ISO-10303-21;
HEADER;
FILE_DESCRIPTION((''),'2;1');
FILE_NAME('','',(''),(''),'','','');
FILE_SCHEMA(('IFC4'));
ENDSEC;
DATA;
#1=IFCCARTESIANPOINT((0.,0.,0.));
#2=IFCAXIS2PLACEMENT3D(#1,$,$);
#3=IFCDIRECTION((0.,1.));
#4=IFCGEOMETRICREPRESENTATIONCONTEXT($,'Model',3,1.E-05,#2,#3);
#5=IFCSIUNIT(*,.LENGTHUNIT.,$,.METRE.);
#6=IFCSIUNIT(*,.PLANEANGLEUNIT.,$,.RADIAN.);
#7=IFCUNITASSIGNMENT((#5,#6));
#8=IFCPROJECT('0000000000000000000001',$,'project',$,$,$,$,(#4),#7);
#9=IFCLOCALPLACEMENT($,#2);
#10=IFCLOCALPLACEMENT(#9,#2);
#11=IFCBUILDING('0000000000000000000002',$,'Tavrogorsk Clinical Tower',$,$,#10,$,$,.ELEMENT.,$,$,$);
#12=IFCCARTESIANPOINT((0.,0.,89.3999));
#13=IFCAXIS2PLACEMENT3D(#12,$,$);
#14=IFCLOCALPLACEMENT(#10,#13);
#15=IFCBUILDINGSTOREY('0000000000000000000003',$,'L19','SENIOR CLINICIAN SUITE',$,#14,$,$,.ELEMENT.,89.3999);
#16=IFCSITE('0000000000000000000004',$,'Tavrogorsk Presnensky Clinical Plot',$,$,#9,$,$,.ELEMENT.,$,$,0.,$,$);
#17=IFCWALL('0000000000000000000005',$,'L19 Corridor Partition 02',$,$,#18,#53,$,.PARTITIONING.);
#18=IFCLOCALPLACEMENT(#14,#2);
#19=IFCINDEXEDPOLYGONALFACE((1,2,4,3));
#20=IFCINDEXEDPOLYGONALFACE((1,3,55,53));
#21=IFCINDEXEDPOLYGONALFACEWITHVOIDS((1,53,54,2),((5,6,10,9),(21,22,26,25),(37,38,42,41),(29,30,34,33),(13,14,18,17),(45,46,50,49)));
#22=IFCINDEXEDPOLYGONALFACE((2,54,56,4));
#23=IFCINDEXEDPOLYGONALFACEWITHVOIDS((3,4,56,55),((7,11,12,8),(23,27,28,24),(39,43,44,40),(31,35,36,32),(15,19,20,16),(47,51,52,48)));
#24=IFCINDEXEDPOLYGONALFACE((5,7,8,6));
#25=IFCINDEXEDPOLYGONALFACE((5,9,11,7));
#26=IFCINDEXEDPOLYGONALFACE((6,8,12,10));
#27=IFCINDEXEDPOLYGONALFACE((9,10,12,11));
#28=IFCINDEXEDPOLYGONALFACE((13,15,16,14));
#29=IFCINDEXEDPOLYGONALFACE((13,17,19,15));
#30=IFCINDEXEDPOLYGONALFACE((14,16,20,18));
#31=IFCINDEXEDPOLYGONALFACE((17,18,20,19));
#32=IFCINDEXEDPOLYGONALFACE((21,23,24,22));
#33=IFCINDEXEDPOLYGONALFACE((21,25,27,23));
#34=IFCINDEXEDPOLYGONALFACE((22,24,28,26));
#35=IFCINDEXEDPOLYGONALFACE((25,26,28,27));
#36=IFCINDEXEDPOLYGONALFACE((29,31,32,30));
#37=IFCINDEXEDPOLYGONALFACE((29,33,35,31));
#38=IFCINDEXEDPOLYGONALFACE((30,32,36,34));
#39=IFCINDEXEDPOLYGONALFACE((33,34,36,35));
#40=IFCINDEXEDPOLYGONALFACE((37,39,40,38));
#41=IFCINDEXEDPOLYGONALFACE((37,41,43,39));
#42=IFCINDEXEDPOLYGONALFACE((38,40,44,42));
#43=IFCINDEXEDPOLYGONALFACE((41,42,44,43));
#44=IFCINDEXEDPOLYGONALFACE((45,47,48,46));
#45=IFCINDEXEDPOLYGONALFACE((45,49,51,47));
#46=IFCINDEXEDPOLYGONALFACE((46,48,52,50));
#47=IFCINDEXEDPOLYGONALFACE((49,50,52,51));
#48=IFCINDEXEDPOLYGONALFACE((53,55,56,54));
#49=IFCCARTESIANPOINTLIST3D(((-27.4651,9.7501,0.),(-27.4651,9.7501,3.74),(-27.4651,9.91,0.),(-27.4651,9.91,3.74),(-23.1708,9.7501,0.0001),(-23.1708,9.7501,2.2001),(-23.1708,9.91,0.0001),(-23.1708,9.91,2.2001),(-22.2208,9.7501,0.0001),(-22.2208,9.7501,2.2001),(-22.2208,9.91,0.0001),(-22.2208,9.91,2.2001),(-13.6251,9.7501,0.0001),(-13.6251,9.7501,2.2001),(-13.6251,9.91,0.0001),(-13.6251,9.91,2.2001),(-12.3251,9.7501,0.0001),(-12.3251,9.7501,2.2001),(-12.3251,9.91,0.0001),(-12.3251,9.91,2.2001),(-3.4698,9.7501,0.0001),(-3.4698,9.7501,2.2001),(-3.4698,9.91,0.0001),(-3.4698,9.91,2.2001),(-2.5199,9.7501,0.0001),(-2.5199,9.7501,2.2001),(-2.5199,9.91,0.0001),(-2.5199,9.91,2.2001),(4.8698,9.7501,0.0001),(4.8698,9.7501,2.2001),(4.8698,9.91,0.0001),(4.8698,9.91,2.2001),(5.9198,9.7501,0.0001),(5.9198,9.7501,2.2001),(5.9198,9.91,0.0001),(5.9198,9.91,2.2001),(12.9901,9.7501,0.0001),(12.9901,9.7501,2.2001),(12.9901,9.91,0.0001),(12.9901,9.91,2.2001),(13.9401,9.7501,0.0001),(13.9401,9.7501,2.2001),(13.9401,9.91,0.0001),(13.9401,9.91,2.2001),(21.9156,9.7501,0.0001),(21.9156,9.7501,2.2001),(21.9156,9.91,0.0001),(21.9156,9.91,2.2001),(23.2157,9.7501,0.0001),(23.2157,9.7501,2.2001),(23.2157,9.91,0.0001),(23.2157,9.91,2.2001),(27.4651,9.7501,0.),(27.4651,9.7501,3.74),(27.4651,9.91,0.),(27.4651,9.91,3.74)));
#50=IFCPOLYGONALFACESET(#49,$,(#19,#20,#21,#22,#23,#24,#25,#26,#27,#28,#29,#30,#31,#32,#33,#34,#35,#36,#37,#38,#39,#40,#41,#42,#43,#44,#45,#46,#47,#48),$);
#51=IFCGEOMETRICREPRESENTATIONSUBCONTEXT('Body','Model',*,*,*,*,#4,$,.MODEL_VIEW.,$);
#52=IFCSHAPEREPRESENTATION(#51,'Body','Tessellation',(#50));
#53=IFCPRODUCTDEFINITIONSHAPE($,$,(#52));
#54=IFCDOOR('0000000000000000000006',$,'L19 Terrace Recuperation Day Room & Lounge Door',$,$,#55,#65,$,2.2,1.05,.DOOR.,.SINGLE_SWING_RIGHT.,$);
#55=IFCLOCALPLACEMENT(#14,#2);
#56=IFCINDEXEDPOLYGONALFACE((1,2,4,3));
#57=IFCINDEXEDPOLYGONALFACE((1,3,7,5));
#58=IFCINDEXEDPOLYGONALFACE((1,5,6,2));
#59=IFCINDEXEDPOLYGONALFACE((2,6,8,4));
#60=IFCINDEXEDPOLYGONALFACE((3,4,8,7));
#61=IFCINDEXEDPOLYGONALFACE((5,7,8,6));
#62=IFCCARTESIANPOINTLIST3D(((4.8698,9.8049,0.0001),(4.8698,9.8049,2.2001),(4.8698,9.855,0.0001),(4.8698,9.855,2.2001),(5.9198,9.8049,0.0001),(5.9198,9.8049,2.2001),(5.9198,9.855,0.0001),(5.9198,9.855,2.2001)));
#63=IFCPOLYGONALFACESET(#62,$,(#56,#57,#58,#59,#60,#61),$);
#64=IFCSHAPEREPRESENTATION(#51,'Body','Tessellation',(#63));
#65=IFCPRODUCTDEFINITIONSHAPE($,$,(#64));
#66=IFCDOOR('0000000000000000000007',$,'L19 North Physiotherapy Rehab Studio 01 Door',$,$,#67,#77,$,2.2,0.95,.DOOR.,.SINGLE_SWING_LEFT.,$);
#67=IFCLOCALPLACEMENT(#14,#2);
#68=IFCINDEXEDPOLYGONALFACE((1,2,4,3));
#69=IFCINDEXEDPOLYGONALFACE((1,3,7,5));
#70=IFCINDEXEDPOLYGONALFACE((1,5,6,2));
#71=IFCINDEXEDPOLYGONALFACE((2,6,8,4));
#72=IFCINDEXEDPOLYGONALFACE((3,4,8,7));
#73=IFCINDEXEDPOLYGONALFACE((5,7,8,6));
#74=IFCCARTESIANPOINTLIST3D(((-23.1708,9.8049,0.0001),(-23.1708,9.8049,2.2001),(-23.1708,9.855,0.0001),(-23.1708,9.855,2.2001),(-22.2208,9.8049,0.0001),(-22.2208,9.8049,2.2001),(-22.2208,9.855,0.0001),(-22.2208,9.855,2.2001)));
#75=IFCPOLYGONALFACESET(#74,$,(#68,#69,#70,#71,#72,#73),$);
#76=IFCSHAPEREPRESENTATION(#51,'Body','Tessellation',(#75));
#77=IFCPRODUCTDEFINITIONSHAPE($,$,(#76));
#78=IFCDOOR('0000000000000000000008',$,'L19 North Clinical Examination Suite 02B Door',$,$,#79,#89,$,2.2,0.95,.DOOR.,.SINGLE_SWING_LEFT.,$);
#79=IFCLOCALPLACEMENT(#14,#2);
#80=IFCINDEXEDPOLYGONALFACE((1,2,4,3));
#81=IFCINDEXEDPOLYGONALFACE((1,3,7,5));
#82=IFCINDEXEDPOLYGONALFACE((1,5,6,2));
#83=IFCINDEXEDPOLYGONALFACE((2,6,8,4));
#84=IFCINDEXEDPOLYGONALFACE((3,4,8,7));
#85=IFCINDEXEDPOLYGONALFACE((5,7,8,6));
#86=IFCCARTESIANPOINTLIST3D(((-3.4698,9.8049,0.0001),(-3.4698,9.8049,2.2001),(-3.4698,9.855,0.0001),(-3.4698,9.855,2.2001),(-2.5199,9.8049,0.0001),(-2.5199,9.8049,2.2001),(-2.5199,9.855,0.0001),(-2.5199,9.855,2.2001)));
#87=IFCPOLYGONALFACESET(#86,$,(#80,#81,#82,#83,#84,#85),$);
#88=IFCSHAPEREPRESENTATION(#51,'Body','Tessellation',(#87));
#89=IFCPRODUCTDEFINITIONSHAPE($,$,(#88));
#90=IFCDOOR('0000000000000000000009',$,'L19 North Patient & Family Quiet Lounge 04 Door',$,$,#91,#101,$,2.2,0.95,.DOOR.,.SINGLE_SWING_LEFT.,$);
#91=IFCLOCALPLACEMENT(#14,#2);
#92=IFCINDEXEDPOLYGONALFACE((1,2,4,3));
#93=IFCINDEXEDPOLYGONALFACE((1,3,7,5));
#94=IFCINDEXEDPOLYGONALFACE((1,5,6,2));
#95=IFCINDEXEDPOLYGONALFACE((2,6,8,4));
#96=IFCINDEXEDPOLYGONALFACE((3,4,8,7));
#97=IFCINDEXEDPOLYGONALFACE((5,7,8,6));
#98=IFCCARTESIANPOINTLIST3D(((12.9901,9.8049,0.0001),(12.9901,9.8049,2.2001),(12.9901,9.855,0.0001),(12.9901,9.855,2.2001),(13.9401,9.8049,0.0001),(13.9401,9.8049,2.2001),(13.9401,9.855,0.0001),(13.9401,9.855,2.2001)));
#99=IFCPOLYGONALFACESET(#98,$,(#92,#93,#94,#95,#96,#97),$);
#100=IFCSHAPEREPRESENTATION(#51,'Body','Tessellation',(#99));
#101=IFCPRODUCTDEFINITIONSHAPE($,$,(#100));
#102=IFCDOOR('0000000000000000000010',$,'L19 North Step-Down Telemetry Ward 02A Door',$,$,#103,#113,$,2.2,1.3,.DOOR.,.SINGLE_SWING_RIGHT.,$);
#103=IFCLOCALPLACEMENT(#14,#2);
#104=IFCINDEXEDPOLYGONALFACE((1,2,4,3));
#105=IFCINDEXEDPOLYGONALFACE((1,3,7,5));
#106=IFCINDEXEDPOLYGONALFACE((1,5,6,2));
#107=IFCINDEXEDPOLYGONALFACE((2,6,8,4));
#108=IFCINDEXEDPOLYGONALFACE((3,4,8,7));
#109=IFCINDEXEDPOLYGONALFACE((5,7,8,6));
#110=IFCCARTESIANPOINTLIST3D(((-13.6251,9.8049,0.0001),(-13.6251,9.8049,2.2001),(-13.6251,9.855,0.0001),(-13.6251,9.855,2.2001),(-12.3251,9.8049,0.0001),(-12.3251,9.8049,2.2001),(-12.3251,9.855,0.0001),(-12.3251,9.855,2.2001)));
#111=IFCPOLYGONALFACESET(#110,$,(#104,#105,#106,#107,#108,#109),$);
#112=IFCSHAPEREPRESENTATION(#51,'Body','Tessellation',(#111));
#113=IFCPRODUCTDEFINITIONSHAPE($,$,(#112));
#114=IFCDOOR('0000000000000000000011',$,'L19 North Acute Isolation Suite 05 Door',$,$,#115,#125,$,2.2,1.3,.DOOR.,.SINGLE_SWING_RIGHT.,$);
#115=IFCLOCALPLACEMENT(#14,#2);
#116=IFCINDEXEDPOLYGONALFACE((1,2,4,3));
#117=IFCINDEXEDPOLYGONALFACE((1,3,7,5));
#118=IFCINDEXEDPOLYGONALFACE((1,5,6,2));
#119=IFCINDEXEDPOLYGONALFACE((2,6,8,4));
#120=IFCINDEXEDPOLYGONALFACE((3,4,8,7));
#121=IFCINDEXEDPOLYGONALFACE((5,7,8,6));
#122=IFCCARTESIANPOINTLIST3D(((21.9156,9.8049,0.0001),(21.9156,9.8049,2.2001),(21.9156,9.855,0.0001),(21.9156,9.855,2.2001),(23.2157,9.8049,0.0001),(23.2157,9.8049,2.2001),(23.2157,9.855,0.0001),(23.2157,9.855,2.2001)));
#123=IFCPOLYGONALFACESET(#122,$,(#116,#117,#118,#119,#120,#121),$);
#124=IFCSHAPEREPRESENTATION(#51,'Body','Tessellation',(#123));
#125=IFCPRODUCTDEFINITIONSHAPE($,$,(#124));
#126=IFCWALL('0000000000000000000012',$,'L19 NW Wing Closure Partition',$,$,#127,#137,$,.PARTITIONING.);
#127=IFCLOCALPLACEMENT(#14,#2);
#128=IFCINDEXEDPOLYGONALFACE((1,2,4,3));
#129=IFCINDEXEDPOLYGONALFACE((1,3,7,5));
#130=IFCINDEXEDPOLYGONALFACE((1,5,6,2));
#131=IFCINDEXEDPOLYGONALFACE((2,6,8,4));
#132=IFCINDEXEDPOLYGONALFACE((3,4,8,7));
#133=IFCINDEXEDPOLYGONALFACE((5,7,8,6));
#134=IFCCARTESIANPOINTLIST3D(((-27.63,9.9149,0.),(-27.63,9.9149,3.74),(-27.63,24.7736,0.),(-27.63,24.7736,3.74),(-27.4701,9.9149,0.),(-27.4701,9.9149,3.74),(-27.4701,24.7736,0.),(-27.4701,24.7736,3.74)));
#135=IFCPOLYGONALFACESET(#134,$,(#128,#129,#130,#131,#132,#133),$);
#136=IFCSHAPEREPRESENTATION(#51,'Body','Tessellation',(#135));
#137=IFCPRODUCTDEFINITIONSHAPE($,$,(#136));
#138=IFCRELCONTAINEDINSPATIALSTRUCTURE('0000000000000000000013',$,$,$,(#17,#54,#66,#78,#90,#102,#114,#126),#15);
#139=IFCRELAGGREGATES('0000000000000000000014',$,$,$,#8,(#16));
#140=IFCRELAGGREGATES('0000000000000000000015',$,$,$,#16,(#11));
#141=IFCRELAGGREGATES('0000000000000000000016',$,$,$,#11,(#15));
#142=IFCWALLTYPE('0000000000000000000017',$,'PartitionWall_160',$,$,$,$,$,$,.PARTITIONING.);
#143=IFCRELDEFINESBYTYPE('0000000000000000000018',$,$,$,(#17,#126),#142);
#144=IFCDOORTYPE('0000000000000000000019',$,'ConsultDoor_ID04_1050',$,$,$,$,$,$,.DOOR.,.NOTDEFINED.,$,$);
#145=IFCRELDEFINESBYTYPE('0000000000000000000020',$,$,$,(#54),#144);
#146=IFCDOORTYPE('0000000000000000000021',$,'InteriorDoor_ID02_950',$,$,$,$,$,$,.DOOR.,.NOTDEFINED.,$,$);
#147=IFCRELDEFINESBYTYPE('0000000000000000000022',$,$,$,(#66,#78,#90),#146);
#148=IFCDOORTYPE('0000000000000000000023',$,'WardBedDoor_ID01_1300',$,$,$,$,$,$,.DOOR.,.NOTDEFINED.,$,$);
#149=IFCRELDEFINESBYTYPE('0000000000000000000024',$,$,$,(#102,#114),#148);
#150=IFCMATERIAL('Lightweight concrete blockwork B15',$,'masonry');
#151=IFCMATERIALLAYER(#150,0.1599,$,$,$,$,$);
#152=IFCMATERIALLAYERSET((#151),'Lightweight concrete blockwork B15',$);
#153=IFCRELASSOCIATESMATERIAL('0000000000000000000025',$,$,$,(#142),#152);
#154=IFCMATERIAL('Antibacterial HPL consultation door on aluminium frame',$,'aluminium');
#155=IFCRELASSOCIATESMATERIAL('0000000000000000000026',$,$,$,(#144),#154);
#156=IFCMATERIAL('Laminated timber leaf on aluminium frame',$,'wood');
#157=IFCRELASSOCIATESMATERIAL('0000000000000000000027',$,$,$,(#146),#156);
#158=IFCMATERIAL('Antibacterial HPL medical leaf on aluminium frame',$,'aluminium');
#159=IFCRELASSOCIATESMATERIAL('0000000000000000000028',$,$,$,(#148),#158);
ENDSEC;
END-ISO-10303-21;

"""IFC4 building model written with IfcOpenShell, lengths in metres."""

from ifc_helpers import new_model, si_unit, direction, frame, frame_2d, origin, place, context, subcontext, project, spatial, rectangle, extrude, material, layer, layer_set, type_object, element, fill, save


model = new_model("IFC4")

# Units and contexts
model_context = context("Model", 3, precision=1e-05, world=origin(), true_north=direction((0.0, 1.0)))
body_context = subcontext(model_context, "Body", "Model", "MODEL_VIEW")
ifc_project = project(units=[si_unit("LENGTHUNIT", "METRE"), si_unit("PLANEANGLEUNIT", "RADIAN")], contexts=[model_context])

# Site, building, storey
site_placement = place(None, origin())
site = spatial("IfcSite", under=ifc_project, at=site_placement, Name="Tavrogorsk Presnensky Clinical Plot", CompositionType="ELEMENT", RefElevation=0.0)
building_placement = place(site_placement, origin())
building = spatial("IfcBuilding", under=site, at=building_placement, Name="Tavrogorsk Clinical Tower", CompositionType="ELEMENT")
storey_placement = place(building_placement, frame((0.0, 0.0, 89.3999)))
storey = spatial("IfcBuildingStorey", under=building, at=storey_placement, Name="L19", Description="SENIOR CLINICIAN SUITE", CompositionType="ELEMENT", Elevation=89.3999)

# Wall, openings, doors
ifc_material_1 = material(Name="Lightweight concrete blockwork B15", Category="masonry")
ifc_layer = layer(ifc_material_1, 0.1599)
ifc_layer_set = layer_set([ifc_layer], Name="Lightweight concrete blockwork B15")
wall_type = type_object("IfcWallType", Name="PartitionWall_160", PredefinedType="PARTITIONING", material=ifc_layer_set)
wall_1_placement = place(storey_placement, frame((-27.4651, 9.8301, 0.0), z_axis=(0.0, 0.0, 1.0), x_axis=(1.0, 0.0, 0.0)))
wall_1 = element("IfcWall", 1, at=wall_1_placement, inside=storey, type_object=wall_type, Name="L19 Corridor Partition 02", PredefinedType="PARTITIONING", context=body_context, shape_type="SweptSolid", body=[
    extrude(rectangle(XDim=54.9302, YDim=0.1599, at=frame_2d((27.4651, 0.0))), origin(), (0.0, 0.0, 1.0), 3.74),
])
opening_1_placement = place(wall_1_placement, frame((4.2942, 0.0, 0.0)))
opening_1 = element("IfcOpeningElement", 2, at=opening_1_placement, cuts=wall_1, PredefinedType="OPENING", context=body_context, shape_type="SweptSolid", body=[
    extrude(rectangle(XDim=0.95, YDim=2.2, at=frame_2d((0.4751, 1.1001))), frame((0.0, 0.0898, 0.0), z_axis=(0.0, -1.0, 0.0), x_axis=(1.0, 0.0, 0.0)), (0.0, 0.0, 1.0), 0.1799),
])
opening_2_placement = place(wall_1_placement, frame((13.8401, 0.0, 0.0)))
opening_2 = element("IfcOpeningElement", 3, at=opening_2_placement, cuts=wall_1, PredefinedType="OPENING", context=body_context, shape_type="SweptSolid", body=[
    extrude(rectangle(XDim=1.3, YDim=2.2, at=frame_2d((0.6499, 1.1001))), frame((0.0, 0.0898, 0.0), z_axis=(0.0, -1.0, 0.0), x_axis=(1.0, 0.0, 0.0)), (0.0, 0.0, 1.0), 0.1799),
])
opening_3_placement = place(wall_1_placement, frame((23.9951, 0.0, 0.0)))
opening_3 = element("IfcOpeningElement", 4, at=opening_3_placement, cuts=wall_1, PredefinedType="OPENING", context=body_context, shape_type="SweptSolid", body=[
    extrude(rectangle(XDim=0.95, YDim=2.2, at=frame_2d((0.4751, 1.1001))), frame((0.0, 0.0898, 0.0), z_axis=(0.0, -1.0, 0.0), x_axis=(1.0, 0.0, 0.0)), (0.0, 0.0, 1.0), 0.1799),
])
opening_4_placement = place(wall_1_placement, frame((32.335, 0.0, 0.0)))
opening_4 = element("IfcOpeningElement", 5, at=opening_4_placement, cuts=wall_1, PredefinedType="OPENING", context=body_context, shape_type="SweptSolid", body=[
    extrude(rectangle(XDim=1.05, YDim=2.2, at=frame_2d((0.5249, 1.1001))), frame((0.0, 0.0898, 0.0), z_axis=(0.0, -1.0, 0.0), x_axis=(1.0, 0.0, 0.0)), (0.0, 0.0, 1.0), 0.1799),
])
opening_5_placement = place(wall_1_placement, frame((40.4551, 0.0, 0.0)))
opening_5 = element("IfcOpeningElement", 6, at=opening_5_placement, cuts=wall_1, PredefinedType="OPENING", context=body_context, shape_type="SweptSolid", body=[
    extrude(rectangle(XDim=0.95, YDim=2.2, at=frame_2d((0.4751, 1.1001))), frame((0.0, 0.0898, 0.0), z_axis=(0.0, -1.0, 0.0), x_axis=(1.0, 0.0, 0.0)), (0.0, 0.0, 1.0), 0.1799),
])
opening_6_placement = place(wall_1_placement, frame((49.3809, 0.0, 0.0)))
opening_6 = element("IfcOpeningElement", 7, at=opening_6_placement, cuts=wall_1, PredefinedType="OPENING", context=body_context, shape_type="SweptSolid", body=[
    extrude(rectangle(XDim=1.3, YDim=2.2, at=frame_2d((0.6499, 1.1001))), frame((0.0, 0.0898, 0.0), z_axis=(0.0, -1.0, 0.0), x_axis=(1.0, 0.0, 0.0)), (0.0, 0.0, 1.0), 0.1799),
])
ifc_material_2 = material(Name="Antibacterial HPL consultation door on aluminium frame", Category="aluminium")
door_type_1 = type_object("IfcDoorType", Name="ConsultDoor_ID04_1050", OperationType="NOTDEFINED", PredefinedType="DOOR", material=ifc_material_2)
door_1_placement = place(opening_4_placement, origin())
door_1 = element("IfcDoor", 8, at=door_1_placement, inside=storey, type_object=door_type_1, Name="L19 Terrace Recuperation Day Room & Lounge Door", OperationType="SINGLE_SWING_RIGHT", OverallHeight=2.2, OverallWidth=1.05, PredefinedType="DOOR", context=body_context, shape_type="SweptSolid", body=[
    extrude(rectangle(XDim=1.05, YDim=2.2, at=frame_2d((0.5249, 1.1001))), frame((0.0, 0.0249, 0.0), z_axis=(0.0, -1.0, 0.0), x_axis=(1.0, 0.0, 0.0)), (0.0, 0.0, 1.0), 0.05),
])
fill(opening_4, door_1)
ifc_material_3 = material(Name="Laminated timber leaf on aluminium frame", Category="wood")
door_type_2 = type_object("IfcDoorType", Name="InteriorDoor_ID02_950", OperationType="NOTDEFINED", PredefinedType="DOOR", material=ifc_material_3)
door_2_placement = place(opening_1_placement, origin())
door_2 = element("IfcDoor", 9, at=door_2_placement, inside=storey, type_object=door_type_2, Name="L19 North Physiotherapy Rehab Studio 01 Door", OperationType="SINGLE_SWING_LEFT", OverallHeight=2.2, OverallWidth=0.95, PredefinedType="DOOR", context=body_context, shape_type="SweptSolid", body=[
    extrude(rectangle(XDim=0.95, YDim=2.2, at=frame_2d((0.4751, 1.1001))), frame((0.0, 0.0249, 0.0), z_axis=(0.0, -1.0, 0.0), x_axis=(1.0, 0.0, 0.0)), (0.0, 0.0, 1.0), 0.05),
])
fill(opening_1, door_2)
door_3_placement = place(opening_3_placement, origin())
door_3 = element("IfcDoor", 10, at=door_3_placement, inside=storey, type_object=door_type_2, Name="L19 North Clinical Examination Suite 02B Door", OperationType="SINGLE_SWING_LEFT", OverallHeight=2.2, OverallWidth=0.95, PredefinedType="DOOR", context=body_context, shape_type="SweptSolid", body=[
    extrude(rectangle(XDim=0.95, YDim=2.2, at=frame_2d((0.4751, 1.1001))), frame((0.0, 0.0249, 0.0), z_axis=(0.0, -1.0, 0.0), x_axis=(1.0, 0.0, 0.0)), (0.0, 0.0, 1.0), 0.05),
])
fill(opening_3, door_3)
door_4_placement = place(opening_5_placement, origin())
door_4 = element("IfcDoor", 11, at=door_4_placement, inside=storey, type_object=door_type_2, Name="L19 North Patient & Family Quiet Lounge 04 Door", OperationType="SINGLE_SWING_LEFT", OverallHeight=2.2, OverallWidth=0.95, PredefinedType="DOOR", context=body_context, shape_type="SweptSolid", body=[
    extrude(rectangle(XDim=0.95, YDim=2.2, at=frame_2d((0.4751, 1.1001))), frame((0.0, 0.0249, 0.0), z_axis=(0.0, -1.0, 0.0), x_axis=(1.0, 0.0, 0.0)), (0.0, 0.0, 1.0), 0.05),
])
fill(opening_5, door_4)
ifc_material_4 = material(Name="Antibacterial HPL medical leaf on aluminium frame", Category="aluminium")
door_type_3 = type_object("IfcDoorType", Name="WardBedDoor_ID01_1300", OperationType="NOTDEFINED", PredefinedType="DOOR", material=ifc_material_4)
door_5_placement = place(opening_2_placement, origin())
door_5 = element("IfcDoor", 12, at=door_5_placement, inside=storey, type_object=door_type_3, Name="L19 North Step-Down Telemetry Ward 02A Door", OperationType="SINGLE_SWING_RIGHT", OverallHeight=2.2, OverallWidth=1.3, PredefinedType="DOOR", context=body_context, shape_type="SweptSolid", body=[
    extrude(rectangle(XDim=1.3, YDim=2.2, at=frame_2d((0.6499, 1.1001))), frame((0.0, 0.0249, 0.0), z_axis=(0.0, -1.0, 0.0), x_axis=(1.0, 0.0, 0.0)), (0.0, 0.0, 1.0), 0.05),
])
fill(opening_2, door_5)
door_6_placement = place(opening_6_placement, origin())
door_6 = element("IfcDoor", 13, at=door_6_placement, inside=storey, type_object=door_type_3, Name="L19 North Acute Isolation Suite 05 Door", OperationType="SINGLE_SWING_RIGHT", OverallHeight=2.2, OverallWidth=1.3, PredefinedType="DOOR", context=body_context, shape_type="SweptSolid", body=[
    extrude(rectangle(XDim=1.3, YDim=2.2, at=frame_2d((0.6499, 1.1001))), frame((0.0, 0.0249, 0.0), z_axis=(0.0, -1.0, 0.0), x_axis=(1.0, 0.0, 0.0)), (0.0, 0.0, 1.0), 0.05),
])
fill(opening_6, door_6)

# Wall
wall_2_placement = place(storey_placement, frame((-27.55, 9.915, 0.0), z_axis=(0.0, 0.0, 1.0), x_axis=(0.0, 1.0, 0.0)))
element("IfcWall", 14, at=wall_2_placement, inside=storey, type_object=wall_type, Name="L19 NW Wing Closure Partition", PredefinedType="PARTITIONING", context=body_context, shape_type="SweptSolid", body=[
    extrude(rectangle(XDim=14.8586, YDim=0.1599, at=frame_2d((7.4292, 0.0))), origin(), (0.0, 0.0, 1.0), 3.74),
])

save(model, "model.ifc")
